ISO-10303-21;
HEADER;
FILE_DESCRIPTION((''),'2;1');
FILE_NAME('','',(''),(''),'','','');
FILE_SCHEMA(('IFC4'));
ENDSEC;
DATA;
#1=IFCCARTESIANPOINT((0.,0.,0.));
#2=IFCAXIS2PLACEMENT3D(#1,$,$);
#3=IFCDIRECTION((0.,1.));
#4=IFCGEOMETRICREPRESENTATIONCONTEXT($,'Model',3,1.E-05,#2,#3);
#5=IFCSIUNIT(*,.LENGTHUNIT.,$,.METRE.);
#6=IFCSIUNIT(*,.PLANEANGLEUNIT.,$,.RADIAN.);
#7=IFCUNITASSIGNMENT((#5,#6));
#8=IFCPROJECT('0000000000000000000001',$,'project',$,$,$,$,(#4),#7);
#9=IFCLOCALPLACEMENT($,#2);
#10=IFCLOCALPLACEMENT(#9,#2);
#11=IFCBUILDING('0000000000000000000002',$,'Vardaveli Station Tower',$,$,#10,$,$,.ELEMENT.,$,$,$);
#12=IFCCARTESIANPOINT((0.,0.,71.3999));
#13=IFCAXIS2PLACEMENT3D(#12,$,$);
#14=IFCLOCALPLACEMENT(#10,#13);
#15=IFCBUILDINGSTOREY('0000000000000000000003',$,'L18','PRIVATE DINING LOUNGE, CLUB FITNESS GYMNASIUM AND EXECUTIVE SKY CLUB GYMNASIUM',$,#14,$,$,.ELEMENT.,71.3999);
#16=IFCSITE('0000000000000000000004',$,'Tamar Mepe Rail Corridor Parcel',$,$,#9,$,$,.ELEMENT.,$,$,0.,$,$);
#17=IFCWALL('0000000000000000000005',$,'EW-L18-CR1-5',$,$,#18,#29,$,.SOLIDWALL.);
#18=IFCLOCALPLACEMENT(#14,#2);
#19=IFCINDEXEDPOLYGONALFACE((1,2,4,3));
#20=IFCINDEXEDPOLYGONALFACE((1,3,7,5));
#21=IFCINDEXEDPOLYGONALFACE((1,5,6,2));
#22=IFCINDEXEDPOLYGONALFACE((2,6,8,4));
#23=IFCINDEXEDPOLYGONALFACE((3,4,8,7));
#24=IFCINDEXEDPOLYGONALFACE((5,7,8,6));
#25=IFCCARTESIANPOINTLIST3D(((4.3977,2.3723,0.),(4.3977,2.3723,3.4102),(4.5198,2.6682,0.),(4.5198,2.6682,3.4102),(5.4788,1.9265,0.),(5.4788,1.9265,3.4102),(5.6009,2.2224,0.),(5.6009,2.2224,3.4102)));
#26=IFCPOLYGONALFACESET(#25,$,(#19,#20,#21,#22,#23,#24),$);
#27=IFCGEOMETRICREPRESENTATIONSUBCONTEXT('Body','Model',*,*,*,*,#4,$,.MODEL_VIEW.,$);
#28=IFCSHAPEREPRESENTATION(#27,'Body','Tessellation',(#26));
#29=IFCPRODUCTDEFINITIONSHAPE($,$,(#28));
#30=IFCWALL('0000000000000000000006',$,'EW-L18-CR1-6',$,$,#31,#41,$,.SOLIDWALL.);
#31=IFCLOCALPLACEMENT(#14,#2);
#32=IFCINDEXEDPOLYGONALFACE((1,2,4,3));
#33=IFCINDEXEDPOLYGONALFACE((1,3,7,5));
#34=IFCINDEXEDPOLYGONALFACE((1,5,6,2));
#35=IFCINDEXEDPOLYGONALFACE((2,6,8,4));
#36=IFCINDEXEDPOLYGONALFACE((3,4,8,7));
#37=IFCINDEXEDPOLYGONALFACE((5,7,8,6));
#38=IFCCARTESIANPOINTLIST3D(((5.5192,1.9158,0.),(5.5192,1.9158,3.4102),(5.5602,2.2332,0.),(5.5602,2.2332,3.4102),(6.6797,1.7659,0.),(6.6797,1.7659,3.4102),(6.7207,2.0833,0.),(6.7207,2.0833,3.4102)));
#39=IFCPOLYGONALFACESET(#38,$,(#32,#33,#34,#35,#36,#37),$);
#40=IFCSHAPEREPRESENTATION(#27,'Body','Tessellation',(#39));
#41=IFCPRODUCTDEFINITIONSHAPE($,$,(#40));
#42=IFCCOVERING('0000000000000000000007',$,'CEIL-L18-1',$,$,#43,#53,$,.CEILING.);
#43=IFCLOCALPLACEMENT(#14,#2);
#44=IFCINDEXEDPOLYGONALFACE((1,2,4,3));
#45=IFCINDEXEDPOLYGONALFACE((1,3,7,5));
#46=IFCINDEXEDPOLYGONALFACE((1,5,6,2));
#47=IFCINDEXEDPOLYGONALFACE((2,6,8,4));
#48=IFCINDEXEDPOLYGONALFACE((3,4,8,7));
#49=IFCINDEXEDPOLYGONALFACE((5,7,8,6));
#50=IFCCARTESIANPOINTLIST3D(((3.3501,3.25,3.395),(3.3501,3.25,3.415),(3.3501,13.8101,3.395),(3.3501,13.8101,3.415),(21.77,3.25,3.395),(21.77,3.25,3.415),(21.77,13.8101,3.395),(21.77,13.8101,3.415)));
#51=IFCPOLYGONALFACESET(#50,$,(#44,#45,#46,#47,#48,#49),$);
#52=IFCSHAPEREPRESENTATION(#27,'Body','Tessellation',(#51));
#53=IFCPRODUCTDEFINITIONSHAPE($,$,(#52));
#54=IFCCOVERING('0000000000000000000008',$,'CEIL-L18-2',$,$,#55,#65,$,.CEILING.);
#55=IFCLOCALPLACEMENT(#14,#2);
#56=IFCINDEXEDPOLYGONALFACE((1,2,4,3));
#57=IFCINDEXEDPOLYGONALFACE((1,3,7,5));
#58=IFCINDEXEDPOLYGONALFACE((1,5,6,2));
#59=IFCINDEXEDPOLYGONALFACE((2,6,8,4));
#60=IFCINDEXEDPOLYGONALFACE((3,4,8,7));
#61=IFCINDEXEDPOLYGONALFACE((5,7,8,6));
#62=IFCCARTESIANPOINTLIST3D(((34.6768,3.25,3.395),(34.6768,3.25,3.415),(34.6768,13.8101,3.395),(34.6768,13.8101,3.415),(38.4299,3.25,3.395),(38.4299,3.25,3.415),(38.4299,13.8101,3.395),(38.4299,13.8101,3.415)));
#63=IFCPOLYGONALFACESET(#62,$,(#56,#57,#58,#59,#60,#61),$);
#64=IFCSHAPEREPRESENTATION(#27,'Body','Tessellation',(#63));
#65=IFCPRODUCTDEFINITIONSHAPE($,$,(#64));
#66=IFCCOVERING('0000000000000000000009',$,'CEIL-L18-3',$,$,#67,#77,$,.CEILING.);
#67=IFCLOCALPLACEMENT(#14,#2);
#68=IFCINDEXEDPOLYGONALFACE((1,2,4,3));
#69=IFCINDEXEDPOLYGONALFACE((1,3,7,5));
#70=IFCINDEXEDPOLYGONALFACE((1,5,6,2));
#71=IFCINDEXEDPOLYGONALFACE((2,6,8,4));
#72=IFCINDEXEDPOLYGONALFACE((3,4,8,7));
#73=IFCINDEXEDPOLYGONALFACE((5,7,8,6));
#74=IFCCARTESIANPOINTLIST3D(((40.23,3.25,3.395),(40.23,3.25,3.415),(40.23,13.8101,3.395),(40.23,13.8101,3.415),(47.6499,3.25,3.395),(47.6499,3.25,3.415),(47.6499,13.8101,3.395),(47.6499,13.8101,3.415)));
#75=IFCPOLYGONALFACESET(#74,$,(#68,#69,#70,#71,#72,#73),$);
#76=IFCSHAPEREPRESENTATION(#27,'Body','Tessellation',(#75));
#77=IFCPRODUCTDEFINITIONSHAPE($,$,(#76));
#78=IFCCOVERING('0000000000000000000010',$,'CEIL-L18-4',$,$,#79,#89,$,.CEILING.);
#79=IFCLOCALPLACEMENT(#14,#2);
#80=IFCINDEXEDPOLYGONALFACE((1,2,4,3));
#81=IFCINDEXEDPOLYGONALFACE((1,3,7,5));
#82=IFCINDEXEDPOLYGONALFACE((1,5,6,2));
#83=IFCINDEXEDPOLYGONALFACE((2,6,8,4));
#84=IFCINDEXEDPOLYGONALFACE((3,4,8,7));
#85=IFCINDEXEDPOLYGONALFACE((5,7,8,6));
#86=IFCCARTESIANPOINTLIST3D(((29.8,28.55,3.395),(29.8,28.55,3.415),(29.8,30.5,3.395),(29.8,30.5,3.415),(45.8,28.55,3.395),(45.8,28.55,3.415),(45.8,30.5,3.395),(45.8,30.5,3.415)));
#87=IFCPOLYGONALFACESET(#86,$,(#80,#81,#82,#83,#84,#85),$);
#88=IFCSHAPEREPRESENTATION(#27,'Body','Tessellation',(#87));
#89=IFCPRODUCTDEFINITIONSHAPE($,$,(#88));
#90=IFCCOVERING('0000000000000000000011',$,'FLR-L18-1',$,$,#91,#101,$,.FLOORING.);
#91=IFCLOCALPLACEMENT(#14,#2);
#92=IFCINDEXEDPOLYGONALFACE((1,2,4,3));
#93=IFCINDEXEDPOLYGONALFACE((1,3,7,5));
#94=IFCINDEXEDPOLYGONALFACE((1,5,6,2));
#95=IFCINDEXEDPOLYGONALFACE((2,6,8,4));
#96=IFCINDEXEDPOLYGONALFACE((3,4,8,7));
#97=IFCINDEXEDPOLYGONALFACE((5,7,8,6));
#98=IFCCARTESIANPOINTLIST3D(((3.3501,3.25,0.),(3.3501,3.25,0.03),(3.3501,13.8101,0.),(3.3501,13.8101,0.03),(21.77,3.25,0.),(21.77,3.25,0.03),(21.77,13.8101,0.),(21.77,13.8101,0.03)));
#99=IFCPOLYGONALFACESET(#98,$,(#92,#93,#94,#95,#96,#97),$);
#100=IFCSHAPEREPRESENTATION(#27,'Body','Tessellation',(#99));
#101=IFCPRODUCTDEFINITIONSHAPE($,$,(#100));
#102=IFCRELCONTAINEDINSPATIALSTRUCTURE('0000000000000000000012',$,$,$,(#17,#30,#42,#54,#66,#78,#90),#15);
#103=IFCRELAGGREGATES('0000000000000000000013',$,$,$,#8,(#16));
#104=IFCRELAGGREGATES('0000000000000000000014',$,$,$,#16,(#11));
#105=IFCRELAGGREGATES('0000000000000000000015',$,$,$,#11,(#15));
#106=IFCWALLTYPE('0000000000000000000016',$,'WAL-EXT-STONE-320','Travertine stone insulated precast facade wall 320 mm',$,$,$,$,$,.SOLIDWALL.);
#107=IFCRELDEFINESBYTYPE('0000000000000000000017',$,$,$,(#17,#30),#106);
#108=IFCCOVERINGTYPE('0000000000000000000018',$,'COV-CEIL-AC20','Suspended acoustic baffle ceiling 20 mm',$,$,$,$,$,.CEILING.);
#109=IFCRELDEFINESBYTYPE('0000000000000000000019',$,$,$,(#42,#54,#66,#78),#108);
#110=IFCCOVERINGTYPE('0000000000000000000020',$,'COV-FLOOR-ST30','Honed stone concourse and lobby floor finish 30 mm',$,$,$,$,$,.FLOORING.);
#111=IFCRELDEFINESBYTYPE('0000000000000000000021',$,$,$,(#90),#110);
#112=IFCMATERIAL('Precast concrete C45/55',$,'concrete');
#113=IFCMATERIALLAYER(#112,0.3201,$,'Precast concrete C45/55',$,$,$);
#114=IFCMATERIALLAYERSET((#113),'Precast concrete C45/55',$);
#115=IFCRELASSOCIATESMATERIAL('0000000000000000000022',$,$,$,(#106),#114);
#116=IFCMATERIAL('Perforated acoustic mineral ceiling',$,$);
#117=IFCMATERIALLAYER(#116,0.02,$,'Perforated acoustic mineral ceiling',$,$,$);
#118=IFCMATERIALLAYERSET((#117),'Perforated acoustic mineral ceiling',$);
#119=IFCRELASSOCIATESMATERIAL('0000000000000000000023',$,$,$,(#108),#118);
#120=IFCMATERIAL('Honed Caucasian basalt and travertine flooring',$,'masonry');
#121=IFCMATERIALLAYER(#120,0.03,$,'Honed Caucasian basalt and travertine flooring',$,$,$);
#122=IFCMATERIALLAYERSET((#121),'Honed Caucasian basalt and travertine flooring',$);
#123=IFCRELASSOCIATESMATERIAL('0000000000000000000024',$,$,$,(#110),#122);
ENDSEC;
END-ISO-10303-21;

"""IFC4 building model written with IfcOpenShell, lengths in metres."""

from ifc_helpers import new_model, si_unit, direction, frame, frame_2d, origin, place, context, subcontext, project, spatial, polyline, rectangle, outline, extrude, source, transform, mapped, material, layer, layer_set, type_object, element, save


model = new_model("IFC4")

# Units and contexts
model_context = context("Model", 3, precision=1e-05, world=origin(), true_north=direction((0.0, 1.0)))
body_context = subcontext(model_context, "Body", "Model", "MODEL_VIEW")
ifc_project = project(units=[si_unit("LENGTHUNIT", "METRE"), si_unit("PLANEANGLEUNIT", "RADIAN")], contexts=[model_context])

# Site, building, storey
site_placement = place(None, origin())
site = spatial("IfcSite", under=ifc_project, at=site_placement, Name="Tamar Mepe Rail Corridor Parcel", CompositionType="ELEMENT", RefElevation=0.0)
building_placement = place(site_placement, origin())
building = spatial("IfcBuilding", under=site, at=building_placement, Name="Vardaveli Station Tower", CompositionType="ELEMENT")
storey_placement = place(building_placement, frame((0.0, 0.0, 71.3999)))
storey = spatial("IfcBuildingStorey", under=building, at=storey_placement, Name="L18", Description="PRIVATE DINING LOUNGE, CLUB FITNESS GYMNASIUM AND EXECUTIVE SKY CLUB GYMNASIUM", CompositionType="ELEMENT", Elevation=71.3999)

# Shared definitions
ifc_material_1 = material(Name="Precast concrete C45/55", Category="concrete")

# Shared definitions
ifc_layer_1 = layer(ifc_material_1, 0.3201, Name="Precast concrete C45/55")
ifc_layer_set_1 = layer_set([ifc_layer_1], Name="Precast concrete C45/55")
wall_type = type_object("IfcWallType", Name="WAL-EXT-STONE-320", Description="Travertine stone insulated precast facade wall 320 mm", PredefinedType="SOLIDWALL", material=ifc_layer_set_1)

# Walls
shared_shape_1 = source(origin(), body_context, "Body", "SweptSolid", [
    extrude(rectangle(XDim=1.1694, YDim=0.3201, at=frame_2d((0.5847, 0.0))), origin(), (0.0, 0.0, 1.0), 3.4102),
])
wall_1_placement = place(storey_placement, frame((4.4587, 2.5203, 0.0), z_axis=(0.0, 0.0, 1.0), x_axis=(0.924479, -0.381233, 0.0)))
element("IfcWall", 1, at=wall_1_placement, inside=storey, type_object=wall_type, Name="EW-L18-CR1-5", PredefinedType="SOLIDWALL", context=body_context, shape_type="MappedRepresentation", body=[
    mapped(shared_shape_1, transform((0.0, 0.0, 0.0), scale=1.0)),
])
shared_shape_2 = source(origin(), body_context, "Body", "SweptSolid", [
    extrude(rectangle(XDim=1.1702, YDim=0.3201, at=frame_2d((0.585, 0.0))), origin(), (0.0, 0.0, 1.0), 3.4102),
])
wall_2_placement = place(storey_placement, frame((5.5398, 2.0745, 0.0), z_axis=(0.0, 0.0, 1.0), x_axis=(0.991762, -0.12809, 0.0)))
element("IfcWall", 2, at=wall_2_placement, inside=storey, type_object=wall_type, Name="EW-L18-CR1-6", PredefinedType="SOLIDWALL", context=body_context, shape_type="MappedRepresentation", body=[
    mapped(shared_shape_2, transform((0.0, 0.0, 0.0), scale=1.0)),
])

# Coverings
ifc_material_2 = material(Name="Perforated acoustic mineral ceiling")
ifc_layer_2 = layer(ifc_material_2, 0.02, Name="Perforated acoustic mineral ceiling")
ifc_layer_set_2 = layer_set([ifc_layer_2], Name="Perforated acoustic mineral ceiling")
covering_type_1 = type_object("IfcCoveringType", Name="COV-CEIL-AC20", Description="Suspended acoustic baffle ceiling 20 mm", PredefinedType="CEILING", material=ifc_layer_set_2)
covering_1_placement = place(storey_placement, frame((0.0, 0.0, 3.395)))
element("IfcCovering", 3, at=covering_1_placement, inside=storey, type_object=covering_type_1, Name="CEIL-L18-1", PredefinedType="CEILING", context=body_context, shape_type="SweptSolid", body=[
    extrude(outline(polyline([(3.3501, 3.25), (21.77, 3.25), (21.77, 13.8101), (3.3501, 13.8101), (3.3501, 3.25)])), origin(), (0.0, 0.0, 1.0), 0.02),
])
covering_2_placement = place(storey_placement, frame((0.0, 0.0, 3.395)))
element("IfcCovering", 4, at=covering_2_placement, inside=storey, type_object=covering_type_1, Name="CEIL-L18-2", PredefinedType="CEILING", context=body_context, shape_type="SweptSolid", body=[
    extrude(outline(polyline([(34.6768, 3.25), (38.4299, 3.25), (38.4299, 13.8101), (34.6768, 13.8101), (34.6768, 3.25)])), origin(), (0.0, 0.0, 1.0), 0.02),
])
covering_3_placement = place(storey_placement, frame((0.0, 0.0, 3.395)))
element("IfcCovering", 5, at=covering_3_placement, inside=storey, type_object=covering_type_1, Name="CEIL-L18-3", PredefinedType="CEILING", context=body_context, shape_type="SweptSolid", body=[
    extrude(outline(polyline([(40.23, 3.25), (47.6499, 3.25), (47.6499, 13.8101), (40.23, 13.8101), (40.23, 3.25)])), origin(), (0.0, 0.0, 1.0), 0.02),
])
covering_4_placement = place(storey_placement, frame((0.0, 0.0, 3.395)))
element("IfcCovering", 6, at=covering_4_placement, inside=storey, type_object=covering_type_1, Name="CEIL-L18-4", PredefinedType="CEILING", context=body_context, shape_type="SweptSolid", body=[
    extrude(outline(polyline([(29.8, 28.55), (45.8, 28.55), (45.8, 30.5), (29.8, 30.5), (29.8, 28.55)])), origin(), (0.0, 0.0, 1.0), 0.02),
])
ifc_material_3 = material(Name="Honed Caucasian basalt and travertine flooring", Category="masonry")
ifc_layer_3 = layer(ifc_material_3, 0.03, Name="Honed Caucasian basalt and travertine flooring")
ifc_layer_set_3 = layer_set([ifc_layer_3], Name="Honed Caucasian basalt and travertine flooring")
covering_type_2 = type_object("IfcCoveringType", Name="COV-FLOOR-ST30", Description="Honed stone concourse and lobby floor finish 30 mm", PredefinedType="FLOORING", material=ifc_layer_set_3)
covering_5_placement = place(storey_placement, origin())
element("IfcCovering", 7, at=covering_5_placement, inside=storey, type_object=covering_type_2, Name="FLR-L18-1", PredefinedType="FLOORING", context=body_context, shape_type="SweptSolid", body=[
    extrude(outline(polyline([(3.3501, 3.25), (21.77, 3.25), (21.77, 13.8101), (3.3501, 13.8101), (3.3501, 3.25)])), origin(), (0.0, 0.0, 1.0), 0.03),
])

save(model, "model.ifc")
